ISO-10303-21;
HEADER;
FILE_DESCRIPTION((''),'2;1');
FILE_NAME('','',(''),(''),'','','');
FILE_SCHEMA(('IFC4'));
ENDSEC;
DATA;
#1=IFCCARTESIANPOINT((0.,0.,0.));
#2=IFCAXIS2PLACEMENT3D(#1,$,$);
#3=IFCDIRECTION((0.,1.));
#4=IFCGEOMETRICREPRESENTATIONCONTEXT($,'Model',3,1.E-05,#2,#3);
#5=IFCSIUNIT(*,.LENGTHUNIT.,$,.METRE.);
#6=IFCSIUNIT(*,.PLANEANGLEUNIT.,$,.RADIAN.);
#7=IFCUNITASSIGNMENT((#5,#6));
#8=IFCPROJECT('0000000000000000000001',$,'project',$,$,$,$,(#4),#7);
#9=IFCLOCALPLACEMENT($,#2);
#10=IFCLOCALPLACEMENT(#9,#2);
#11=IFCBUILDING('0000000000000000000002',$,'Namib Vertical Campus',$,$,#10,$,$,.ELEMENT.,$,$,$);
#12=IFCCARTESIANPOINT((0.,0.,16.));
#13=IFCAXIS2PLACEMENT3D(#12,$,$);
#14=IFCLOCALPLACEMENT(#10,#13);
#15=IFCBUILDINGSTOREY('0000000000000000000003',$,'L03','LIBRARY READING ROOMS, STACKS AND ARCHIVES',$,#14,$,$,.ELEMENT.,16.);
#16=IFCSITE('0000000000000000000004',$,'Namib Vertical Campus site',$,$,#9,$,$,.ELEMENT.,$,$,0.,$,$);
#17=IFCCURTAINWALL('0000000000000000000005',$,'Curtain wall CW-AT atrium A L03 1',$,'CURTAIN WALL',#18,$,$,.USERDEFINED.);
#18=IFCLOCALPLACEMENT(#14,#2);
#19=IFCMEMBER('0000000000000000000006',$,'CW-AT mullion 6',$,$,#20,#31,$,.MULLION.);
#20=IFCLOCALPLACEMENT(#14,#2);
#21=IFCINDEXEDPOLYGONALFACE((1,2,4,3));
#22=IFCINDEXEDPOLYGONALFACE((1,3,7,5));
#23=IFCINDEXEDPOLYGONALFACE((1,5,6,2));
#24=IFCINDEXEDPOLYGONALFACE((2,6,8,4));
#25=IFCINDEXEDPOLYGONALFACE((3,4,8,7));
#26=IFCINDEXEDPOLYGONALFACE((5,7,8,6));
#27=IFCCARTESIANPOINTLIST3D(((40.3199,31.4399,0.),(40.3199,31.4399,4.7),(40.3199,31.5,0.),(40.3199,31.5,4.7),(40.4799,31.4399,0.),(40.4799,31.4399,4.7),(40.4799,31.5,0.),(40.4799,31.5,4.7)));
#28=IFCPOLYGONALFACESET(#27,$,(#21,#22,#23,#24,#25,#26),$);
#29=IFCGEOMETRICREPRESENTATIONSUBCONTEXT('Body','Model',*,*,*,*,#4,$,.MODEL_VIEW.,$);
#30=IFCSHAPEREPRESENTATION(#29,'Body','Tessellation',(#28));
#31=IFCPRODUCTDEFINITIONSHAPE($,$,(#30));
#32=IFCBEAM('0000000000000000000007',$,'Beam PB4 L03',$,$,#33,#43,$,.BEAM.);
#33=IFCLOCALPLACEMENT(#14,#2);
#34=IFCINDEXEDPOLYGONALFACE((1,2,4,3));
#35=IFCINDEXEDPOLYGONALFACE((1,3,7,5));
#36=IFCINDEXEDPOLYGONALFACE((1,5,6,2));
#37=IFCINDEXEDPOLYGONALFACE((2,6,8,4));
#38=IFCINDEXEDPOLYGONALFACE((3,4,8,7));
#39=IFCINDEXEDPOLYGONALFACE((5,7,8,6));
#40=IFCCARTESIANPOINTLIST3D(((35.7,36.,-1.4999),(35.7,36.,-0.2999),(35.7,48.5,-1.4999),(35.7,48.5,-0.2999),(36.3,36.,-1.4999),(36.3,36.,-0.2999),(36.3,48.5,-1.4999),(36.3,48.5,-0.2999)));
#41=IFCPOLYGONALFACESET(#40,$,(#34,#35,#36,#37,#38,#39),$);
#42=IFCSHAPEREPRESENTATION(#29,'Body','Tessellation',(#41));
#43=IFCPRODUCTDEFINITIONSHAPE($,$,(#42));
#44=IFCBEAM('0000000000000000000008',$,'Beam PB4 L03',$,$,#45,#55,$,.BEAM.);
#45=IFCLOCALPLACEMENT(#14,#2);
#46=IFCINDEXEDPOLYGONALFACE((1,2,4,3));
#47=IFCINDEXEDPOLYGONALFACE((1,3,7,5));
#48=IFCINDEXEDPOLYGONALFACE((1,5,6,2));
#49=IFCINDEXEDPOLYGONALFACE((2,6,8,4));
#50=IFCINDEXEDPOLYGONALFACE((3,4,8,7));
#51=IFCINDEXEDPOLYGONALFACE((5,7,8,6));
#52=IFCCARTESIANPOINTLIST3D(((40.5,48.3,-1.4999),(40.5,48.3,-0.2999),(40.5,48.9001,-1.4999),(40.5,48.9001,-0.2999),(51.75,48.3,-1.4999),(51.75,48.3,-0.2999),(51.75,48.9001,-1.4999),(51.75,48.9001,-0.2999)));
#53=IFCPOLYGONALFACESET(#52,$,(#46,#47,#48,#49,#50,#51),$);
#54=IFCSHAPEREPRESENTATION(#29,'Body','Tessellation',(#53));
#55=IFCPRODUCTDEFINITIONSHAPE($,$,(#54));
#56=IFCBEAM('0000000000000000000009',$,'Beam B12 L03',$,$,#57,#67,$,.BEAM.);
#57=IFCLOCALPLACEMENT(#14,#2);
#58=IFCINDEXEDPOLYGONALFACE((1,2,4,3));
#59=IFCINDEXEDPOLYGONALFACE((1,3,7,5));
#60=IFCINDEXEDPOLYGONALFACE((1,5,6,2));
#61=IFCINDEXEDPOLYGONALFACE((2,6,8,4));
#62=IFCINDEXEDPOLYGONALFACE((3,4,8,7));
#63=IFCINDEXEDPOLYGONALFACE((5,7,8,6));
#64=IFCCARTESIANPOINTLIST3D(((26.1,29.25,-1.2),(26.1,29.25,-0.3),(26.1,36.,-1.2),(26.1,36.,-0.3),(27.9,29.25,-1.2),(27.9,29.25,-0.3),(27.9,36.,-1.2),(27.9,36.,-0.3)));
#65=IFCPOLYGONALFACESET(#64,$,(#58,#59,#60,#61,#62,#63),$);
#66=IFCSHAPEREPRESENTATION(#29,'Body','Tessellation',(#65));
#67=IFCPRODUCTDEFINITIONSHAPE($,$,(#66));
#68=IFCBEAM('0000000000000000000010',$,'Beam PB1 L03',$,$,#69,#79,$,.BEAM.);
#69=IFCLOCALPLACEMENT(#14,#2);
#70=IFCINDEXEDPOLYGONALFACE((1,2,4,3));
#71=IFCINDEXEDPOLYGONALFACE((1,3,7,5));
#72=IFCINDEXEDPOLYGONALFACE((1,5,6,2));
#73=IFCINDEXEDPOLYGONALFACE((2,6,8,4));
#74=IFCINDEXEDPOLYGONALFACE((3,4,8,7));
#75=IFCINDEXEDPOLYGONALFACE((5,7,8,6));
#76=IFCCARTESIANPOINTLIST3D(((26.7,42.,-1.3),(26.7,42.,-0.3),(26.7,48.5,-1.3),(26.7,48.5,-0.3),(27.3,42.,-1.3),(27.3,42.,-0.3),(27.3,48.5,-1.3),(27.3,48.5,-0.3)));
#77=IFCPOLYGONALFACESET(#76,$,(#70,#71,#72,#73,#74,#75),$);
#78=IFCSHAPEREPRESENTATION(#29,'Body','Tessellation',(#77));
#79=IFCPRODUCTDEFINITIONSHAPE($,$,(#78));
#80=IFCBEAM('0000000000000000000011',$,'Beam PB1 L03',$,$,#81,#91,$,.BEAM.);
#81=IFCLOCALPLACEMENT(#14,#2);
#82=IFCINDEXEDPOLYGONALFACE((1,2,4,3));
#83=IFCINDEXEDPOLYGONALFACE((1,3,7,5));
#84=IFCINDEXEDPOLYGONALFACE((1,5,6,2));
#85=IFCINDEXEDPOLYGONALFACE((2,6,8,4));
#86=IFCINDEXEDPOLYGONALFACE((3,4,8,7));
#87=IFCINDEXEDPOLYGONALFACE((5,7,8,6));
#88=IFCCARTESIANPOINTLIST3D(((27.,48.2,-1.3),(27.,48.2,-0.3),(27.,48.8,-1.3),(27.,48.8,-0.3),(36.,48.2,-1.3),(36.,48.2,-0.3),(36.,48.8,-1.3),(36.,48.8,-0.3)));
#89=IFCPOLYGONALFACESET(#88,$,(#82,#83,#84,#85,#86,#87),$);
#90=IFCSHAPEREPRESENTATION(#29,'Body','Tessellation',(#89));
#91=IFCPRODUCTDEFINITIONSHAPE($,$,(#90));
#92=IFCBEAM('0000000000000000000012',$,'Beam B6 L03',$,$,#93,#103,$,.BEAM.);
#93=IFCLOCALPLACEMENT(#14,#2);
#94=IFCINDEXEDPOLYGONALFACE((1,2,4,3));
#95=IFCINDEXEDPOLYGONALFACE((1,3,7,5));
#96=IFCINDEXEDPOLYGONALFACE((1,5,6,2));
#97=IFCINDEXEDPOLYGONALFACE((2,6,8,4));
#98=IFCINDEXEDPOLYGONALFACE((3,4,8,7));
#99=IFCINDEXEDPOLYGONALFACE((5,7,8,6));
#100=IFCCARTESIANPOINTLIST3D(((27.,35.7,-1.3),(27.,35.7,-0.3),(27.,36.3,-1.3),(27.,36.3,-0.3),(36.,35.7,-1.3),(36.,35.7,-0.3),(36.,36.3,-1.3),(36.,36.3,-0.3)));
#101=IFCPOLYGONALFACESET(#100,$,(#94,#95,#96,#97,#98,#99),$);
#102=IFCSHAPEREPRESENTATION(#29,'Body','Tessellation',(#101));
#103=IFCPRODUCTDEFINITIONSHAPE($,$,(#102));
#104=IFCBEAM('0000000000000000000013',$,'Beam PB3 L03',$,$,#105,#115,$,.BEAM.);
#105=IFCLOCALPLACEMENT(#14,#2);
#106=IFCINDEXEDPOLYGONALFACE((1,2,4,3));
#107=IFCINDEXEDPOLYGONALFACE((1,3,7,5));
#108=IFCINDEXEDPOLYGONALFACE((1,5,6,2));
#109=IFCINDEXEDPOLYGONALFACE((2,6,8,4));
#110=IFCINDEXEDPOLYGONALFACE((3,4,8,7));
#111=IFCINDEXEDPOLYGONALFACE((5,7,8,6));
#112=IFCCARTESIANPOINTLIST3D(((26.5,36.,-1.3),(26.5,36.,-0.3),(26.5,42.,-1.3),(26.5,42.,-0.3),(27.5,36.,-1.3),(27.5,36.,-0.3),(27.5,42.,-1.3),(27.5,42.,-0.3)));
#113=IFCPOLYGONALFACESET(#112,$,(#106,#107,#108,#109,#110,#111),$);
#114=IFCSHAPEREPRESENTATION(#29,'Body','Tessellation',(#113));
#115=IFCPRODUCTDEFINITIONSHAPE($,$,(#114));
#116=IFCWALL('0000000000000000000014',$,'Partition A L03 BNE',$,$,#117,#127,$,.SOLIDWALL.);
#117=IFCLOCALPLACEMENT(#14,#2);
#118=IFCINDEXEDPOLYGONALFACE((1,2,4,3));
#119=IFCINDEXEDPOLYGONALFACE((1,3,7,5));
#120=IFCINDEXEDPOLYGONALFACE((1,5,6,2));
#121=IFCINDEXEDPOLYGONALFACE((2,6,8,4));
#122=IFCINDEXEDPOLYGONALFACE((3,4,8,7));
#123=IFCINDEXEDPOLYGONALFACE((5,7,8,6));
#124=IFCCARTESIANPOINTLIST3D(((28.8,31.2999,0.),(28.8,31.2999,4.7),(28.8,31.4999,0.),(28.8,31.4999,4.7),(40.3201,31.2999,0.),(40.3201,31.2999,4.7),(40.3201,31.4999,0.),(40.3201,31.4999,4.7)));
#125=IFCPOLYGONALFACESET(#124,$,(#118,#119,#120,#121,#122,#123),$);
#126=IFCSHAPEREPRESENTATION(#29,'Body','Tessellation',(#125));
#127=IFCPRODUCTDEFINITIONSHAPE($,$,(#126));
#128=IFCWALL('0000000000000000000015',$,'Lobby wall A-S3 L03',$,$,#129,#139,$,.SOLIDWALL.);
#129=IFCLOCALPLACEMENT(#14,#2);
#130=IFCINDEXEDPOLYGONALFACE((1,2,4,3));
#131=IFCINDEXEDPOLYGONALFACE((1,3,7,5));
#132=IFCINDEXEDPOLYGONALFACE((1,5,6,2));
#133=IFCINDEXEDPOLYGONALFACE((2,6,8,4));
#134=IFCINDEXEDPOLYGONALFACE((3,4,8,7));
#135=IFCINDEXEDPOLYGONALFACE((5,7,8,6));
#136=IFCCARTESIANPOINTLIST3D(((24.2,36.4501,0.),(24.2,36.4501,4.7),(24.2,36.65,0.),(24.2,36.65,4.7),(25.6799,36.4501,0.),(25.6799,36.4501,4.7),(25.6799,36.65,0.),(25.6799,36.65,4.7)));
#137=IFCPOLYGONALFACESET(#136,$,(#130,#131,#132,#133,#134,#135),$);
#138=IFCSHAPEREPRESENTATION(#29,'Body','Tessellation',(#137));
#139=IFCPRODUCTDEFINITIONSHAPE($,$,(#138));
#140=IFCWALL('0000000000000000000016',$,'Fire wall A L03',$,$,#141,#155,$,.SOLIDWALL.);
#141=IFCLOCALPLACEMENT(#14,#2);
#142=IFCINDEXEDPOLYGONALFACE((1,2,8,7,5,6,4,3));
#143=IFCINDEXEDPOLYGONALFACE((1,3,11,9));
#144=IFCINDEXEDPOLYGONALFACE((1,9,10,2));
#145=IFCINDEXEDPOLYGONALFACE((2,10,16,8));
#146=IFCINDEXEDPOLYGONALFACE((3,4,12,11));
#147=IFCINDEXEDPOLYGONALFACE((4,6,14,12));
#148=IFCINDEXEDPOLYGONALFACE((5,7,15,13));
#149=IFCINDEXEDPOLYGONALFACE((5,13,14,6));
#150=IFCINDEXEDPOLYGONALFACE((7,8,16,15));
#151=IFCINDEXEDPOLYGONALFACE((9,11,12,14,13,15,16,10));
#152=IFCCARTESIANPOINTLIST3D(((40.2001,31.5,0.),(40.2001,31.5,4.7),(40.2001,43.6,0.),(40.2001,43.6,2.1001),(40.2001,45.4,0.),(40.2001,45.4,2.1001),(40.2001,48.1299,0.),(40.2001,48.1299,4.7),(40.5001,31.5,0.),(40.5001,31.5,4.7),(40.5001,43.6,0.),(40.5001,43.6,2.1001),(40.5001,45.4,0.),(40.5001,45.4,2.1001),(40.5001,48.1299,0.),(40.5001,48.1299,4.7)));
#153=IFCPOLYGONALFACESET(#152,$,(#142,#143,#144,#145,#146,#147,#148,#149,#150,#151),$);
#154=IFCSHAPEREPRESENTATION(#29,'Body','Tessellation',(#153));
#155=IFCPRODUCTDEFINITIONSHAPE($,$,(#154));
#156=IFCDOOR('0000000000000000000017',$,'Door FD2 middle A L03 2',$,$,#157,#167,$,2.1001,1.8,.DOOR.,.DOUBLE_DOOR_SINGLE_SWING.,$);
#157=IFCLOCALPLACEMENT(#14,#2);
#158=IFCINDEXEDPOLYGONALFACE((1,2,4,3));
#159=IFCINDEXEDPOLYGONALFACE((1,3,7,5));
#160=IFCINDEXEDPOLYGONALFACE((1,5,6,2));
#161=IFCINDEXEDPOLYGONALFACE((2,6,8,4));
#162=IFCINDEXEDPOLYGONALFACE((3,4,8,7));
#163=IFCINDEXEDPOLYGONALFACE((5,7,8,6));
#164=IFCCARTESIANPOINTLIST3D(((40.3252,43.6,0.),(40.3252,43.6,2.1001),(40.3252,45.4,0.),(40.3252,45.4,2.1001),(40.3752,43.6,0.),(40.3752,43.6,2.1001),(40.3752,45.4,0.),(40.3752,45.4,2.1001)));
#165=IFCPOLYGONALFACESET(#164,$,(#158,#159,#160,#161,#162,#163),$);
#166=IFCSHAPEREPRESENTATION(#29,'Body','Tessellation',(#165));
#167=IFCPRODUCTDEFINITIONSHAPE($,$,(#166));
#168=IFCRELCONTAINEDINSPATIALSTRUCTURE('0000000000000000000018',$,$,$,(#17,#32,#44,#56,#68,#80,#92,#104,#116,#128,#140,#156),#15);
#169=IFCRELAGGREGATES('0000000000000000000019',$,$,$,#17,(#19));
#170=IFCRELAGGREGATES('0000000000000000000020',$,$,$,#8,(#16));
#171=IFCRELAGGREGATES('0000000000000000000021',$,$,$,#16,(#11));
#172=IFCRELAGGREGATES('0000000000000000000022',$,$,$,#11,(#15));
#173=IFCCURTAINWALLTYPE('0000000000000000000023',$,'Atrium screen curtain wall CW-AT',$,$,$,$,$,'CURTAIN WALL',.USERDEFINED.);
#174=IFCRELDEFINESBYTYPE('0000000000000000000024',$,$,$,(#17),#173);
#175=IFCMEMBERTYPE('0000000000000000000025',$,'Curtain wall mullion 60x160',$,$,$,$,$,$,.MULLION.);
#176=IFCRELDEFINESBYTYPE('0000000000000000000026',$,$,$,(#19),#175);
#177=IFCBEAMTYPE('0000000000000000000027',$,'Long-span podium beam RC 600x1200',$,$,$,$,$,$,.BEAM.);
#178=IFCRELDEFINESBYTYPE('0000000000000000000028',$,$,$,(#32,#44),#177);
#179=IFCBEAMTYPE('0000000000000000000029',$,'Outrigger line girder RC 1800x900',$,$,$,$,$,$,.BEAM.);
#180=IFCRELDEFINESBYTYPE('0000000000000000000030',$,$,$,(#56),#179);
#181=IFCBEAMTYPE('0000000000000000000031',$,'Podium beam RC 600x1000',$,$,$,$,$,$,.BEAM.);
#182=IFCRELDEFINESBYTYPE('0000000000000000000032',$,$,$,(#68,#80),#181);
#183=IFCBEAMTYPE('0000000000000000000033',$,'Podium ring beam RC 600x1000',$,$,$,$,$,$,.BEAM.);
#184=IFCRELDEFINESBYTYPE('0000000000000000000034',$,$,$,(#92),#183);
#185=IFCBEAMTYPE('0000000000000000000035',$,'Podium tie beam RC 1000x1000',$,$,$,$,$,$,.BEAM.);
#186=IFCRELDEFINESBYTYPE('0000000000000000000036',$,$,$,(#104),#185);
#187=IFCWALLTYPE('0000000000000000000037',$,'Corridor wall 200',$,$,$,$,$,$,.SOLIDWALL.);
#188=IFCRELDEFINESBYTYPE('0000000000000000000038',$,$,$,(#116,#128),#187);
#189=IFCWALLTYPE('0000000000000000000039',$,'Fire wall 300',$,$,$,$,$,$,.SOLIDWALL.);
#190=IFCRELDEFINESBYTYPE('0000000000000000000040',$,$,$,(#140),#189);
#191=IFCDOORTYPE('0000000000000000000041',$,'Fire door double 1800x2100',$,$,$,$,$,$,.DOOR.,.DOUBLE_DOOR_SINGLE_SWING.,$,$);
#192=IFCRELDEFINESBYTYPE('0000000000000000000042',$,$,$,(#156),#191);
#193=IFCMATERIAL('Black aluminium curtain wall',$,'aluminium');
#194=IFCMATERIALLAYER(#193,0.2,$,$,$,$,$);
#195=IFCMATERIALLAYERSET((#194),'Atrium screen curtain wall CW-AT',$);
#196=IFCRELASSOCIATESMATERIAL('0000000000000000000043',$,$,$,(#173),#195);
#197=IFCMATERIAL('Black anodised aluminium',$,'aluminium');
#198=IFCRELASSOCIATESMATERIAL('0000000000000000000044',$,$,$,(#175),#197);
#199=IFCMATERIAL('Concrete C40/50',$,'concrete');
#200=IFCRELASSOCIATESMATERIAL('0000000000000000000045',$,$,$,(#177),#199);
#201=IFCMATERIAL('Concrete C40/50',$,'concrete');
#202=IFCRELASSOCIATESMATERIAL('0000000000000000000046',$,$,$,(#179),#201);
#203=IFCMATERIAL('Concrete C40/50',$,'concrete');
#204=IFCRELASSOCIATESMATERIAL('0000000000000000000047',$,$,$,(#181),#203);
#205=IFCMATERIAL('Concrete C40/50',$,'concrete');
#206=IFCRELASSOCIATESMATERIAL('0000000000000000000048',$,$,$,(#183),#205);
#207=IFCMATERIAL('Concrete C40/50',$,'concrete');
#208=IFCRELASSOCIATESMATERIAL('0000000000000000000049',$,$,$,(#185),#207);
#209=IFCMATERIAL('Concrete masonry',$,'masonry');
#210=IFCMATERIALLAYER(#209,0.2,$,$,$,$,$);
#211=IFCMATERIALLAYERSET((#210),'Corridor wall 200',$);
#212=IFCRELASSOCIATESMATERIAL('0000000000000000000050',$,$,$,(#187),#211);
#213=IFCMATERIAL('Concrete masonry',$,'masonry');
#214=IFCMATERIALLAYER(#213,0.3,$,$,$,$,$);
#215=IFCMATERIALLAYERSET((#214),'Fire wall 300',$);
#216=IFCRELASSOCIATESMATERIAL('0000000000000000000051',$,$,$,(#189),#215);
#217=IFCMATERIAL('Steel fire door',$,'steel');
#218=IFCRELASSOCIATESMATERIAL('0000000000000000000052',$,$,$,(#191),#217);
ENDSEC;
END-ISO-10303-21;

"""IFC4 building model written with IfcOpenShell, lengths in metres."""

from ifc_helpers import new_model, si_unit, direction, frame, frame_2d, origin, origin_2d, place, context, subcontext, project, spatial, rectangle, extrude, material, layer, layer_set, material_profile, profile_set, type_object, element, fill, aggregate, save


model = new_model("IFC4")

# Units and contexts
model_context = context("Model", 3, precision=1e-05, world=origin(), true_north=direction((0.0, 1.0)))
body_context = subcontext(model_context, "Body", "Model", "MODEL_VIEW")
ifc_project = project(units=[si_unit("LENGTHUNIT", "METRE"), si_unit("PLANEANGLEUNIT", "RADIAN")], contexts=[model_context])

# Site, building, storey
site_placement = place(None, origin())
site = spatial("IfcSite", under=ifc_project, at=site_placement, Name="Namib Vertical Campus site", CompositionType="ELEMENT", RefElevation=0.0)
building_placement = place(site_placement, origin())
building = spatial("IfcBuilding", under=site, at=building_placement, Name="Namib Vertical Campus", CompositionType="ELEMENT")
storey_placement = place(building_placement, frame((0.0, 0.0, 16.0)))
storey = spatial("IfcBuildingStorey", under=building, at=storey_placement, Name="L03", Description="LIBRARY READING ROOMS, STACKS AND ARCHIVES", CompositionType="ELEMENT", Elevation=16.0)

# Curtain wall, member
ifc_material_1 = material(Name="Black aluminium curtain wall", Category="aluminium")
ifc_layer_1 = layer(ifc_material_1, 0.2)
ifc_layer_set_1 = layer_set([ifc_layer_1], Name="Atrium screen curtain wall CW-AT")
curtain_wall_type = type_object("IfcCurtainWallType", Name="Atrium screen curtain wall CW-AT", ElementType="CURTAIN WALL", PredefinedType="USERDEFINED", material=ifc_layer_set_1)
curtain_wall_placement = place(storey_placement, origin())
curtain_wall = element("IfcCurtainWall", 1, at=curtain_wall_placement, inside=storey, type_object=curtain_wall_type, Name="Curtain wall CW-AT atrium A L03 1", ObjectType="CURTAIN WALL", PredefinedType="USERDEFINED")
ifc_material_2 = material(Name="Black anodised aluminium", Category="aluminium")
ifc_material_profile_1 = material_profile(ifc_material_2, rectangle(XDim=0.0601, YDim=0.1599, at=origin_2d()))
ifc_profile_set_1 = profile_set([ifc_material_profile_1], Name="Black anodised aluminium")
member_type = type_object("IfcMemberType", Name="Curtain wall mullion 60x160", PredefinedType="MULLION", material=ifc_profile_set_1)
member_placement = place(storey_placement, frame((40.3999, 31.47, 0.0), z_axis=(0.0, 0.0, 1.0), x_axis=(0.0, 1.0, 0.0)))
member = element("IfcMember", 2, at=member_placement, type_object=member_type, Name="CW-AT mullion 6", PredefinedType="MULLION", context=body_context, shape_type="SweptSolid", body=[
    extrude(rectangle(XDim=0.0601, YDim=0.1599, at=origin_2d()), origin(), (0.0, 0.0, 1.0), 4.7),
])
aggregate(curtain_wall, [member])

# Beams
ifc_material_3 = material(Name="Concrete C40/50", Category="concrete")
ifc_material_profile_2 = material_profile(ifc_material_3, rectangle(XDim=0.6001, YDim=1.2, at=origin_2d()))
ifc_profile_set_2 = profile_set([ifc_material_profile_2], Name="Concrete C40/50")
beam_type_1 = type_object("IfcBeamType", Name="Long-span podium beam RC 600x1200", PredefinedType="BEAM", material=ifc_profile_set_2)
beam_1_placement = place(storey_placement, frame((36.0, 36.0, -0.8999), z_axis=(0.0, 1.0, 0.0), x_axis=(-1.0, 0.0, 0.0)))
element("IfcBeam", 3, at=beam_1_placement, inside=storey, type_object=beam_type_1, Name="Beam PB4 L03", PredefinedType="BEAM", context=body_context, shape_type="SweptSolid", body=[
    extrude(rectangle(XDim=0.6001, YDim=1.2, at=origin_2d()), origin(), (0.0, 0.0, 1.0), 12.5),
])
beam_2_placement = place(storey_placement, frame((40.5, 48.6001, -0.8999), z_axis=(1.0, 0.0, 0.0), x_axis=(0.0, 1.0, 0.0)))
element("IfcBeam", 4, at=beam_2_placement, inside=storey, type_object=beam_type_1, Name="Beam PB4 L03", PredefinedType="BEAM", context=body_context, shape_type="SweptSolid", body=[
    extrude(rectangle(XDim=0.6001, YDim=1.2, at=origin_2d()), origin(), (0.0, 0.0, 1.0), 11.25),
])
ifc_material_4 = material(Name="Concrete C40/50", Category="concrete")
ifc_material_profile_3 = material_profile(ifc_material_4, rectangle(XDim=1.8, YDim=0.8999, at=origin_2d()))
ifc_profile_set_3 = profile_set([ifc_material_profile_3], Name="Concrete C40/50")
beam_type_2 = type_object("IfcBeamType", Name="Outrigger line girder RC 1800x900", PredefinedType="BEAM", material=ifc_profile_set_3)
beam_3_placement = place(storey_placement, frame((27.0, 36.0, -0.75), z_axis=(0.0, -1.0, 0.0), x_axis=(1.0, 0.0, 0.0)))
element("IfcBeam", 5, at=beam_3_placement, inside=storey, type_object=beam_type_2, Name="Beam B12 L03", PredefinedType="BEAM", context=body_context, shape_type="SweptSolid", body=[
    extrude(rectangle(XDim=1.8, YDim=0.8999, at=origin_2d()), origin(), (0.0, 0.0, 1.0), 6.75),
])
ifc_material_5 = material(Name="Concrete C40/50", Category="concrete")
ifc_material_profile_4 = material_profile(ifc_material_5, rectangle(XDim=0.6001, YDim=1.0, at=origin_2d()))
ifc_profile_set_4 = profile_set([ifc_material_profile_4], Name="Concrete C40/50")
beam_type_3 = type_object("IfcBeamType", Name="Podium beam RC 600x1000", PredefinedType="BEAM", material=ifc_profile_set_4)
beam_4_placement = place(storey_placement, frame((27.0, 42.0, -0.8), z_axis=(0.0, 1.0, 0.0), x_axis=(-1.0, 0.0, 0.0)))
element("IfcBeam", 6, at=beam_4_placement, inside=storey, type_object=beam_type_3, Name="Beam PB1 L03", PredefinedType="BEAM", context=body_context, shape_type="SweptSolid", body=[
    extrude(rectangle(XDim=0.6001, YDim=1.0, at=origin_2d()), origin(), (0.0, 0.0, 1.0), 6.5),
])
beam_5_placement = place(storey_placement, frame((27.0, 48.5, -0.8), z_axis=(1.0, 0.0, 0.0), x_axis=(0.0, 1.0, 0.0)))
element("IfcBeam", 7, at=beam_5_placement, inside=storey, type_object=beam_type_3, Name="Beam PB1 L03", PredefinedType="BEAM", context=body_context, shape_type="SweptSolid", body=[
    extrude(rectangle(XDim=0.6001, YDim=1.0, at=origin_2d()), origin(), (0.0, 0.0, 1.0), 9.0),
])
ifc_material_6 = material(Name="Concrete C40/50", Category="concrete")
ifc_material_profile_5 = material_profile(ifc_material_6, rectangle(XDim=0.6001, YDim=1.0, at=origin_2d()))
ifc_profile_set_5 = profile_set([ifc_material_profile_5], Name="Concrete C40/50")
beam_type_4 = type_object("IfcBeamType", Name="Podium ring beam RC 600x1000", PredefinedType="BEAM", material=ifc_profile_set_5)
beam_6_placement = place(storey_placement, frame((27.0, 36.0, -0.8), z_axis=(1.0, 0.0, 0.0), x_axis=(0.0, 1.0, 0.0)))
element("IfcBeam", 8, at=beam_6_placement, inside=storey, type_object=beam_type_4, Name="Beam B6 L03", PredefinedType="BEAM", context=body_context, shape_type="SweptSolid", body=[
    extrude(rectangle(XDim=0.6001, YDim=1.0, at=origin_2d()), origin(), (0.0, 0.0, 1.0), 9.0),
])
ifc_material_7 = material(Name="Concrete C40/50", Category="concrete")
ifc_material_profile_6 = material_profile(ifc_material_7, rectangle(XDim=1.0, YDim=1.0, at=origin_2d()))
ifc_profile_set_6 = profile_set([ifc_material_profile_6], Name="Concrete C40/50")
beam_type_5 = type_object("IfcBeamType", Name="Podium tie beam RC 1000x1000", PredefinedType="BEAM", material=ifc_profile_set_6)
beam_7_placement = place(storey_placement, frame((27.0, 36.0, -0.8), z_axis=(0.0, 1.0, 0.0), x_axis=(-1.0, 0.0, 0.0)))
element("IfcBeam", 9, at=beam_7_placement, inside=storey, type_object=beam_type_5, Name="Beam PB3 L03", PredefinedType="BEAM", context=body_context, shape_type="SweptSolid", body=[
    extrude(rectangle(XDim=1.0, YDim=1.0, at=origin_2d()), origin(), (0.0, 0.0, 1.0), 6.0),
])

# Walls
ifc_material_8 = material(Name="Concrete masonry", Category="masonry")
ifc_layer_2 = layer(ifc_material_8, 0.2)
ifc_layer_set_2 = layer_set([ifc_layer_2], Name="Corridor wall 200")
wall_type_1 = type_object("IfcWallType", Name="Corridor wall 200", PredefinedType="SOLIDWALL", material=ifc_layer_set_2)
wall_1_placement = place(storey_placement, frame((28.8, 31.3999, 0.0), z_axis=(0.0, 0.0, 1.0), x_axis=(1.0, 0.0, 0.0)))
element("IfcWall", 10, at=wall_1_placement, inside=storey, type_object=wall_type_1, Name="Partition A L03 BNE", PredefinedType="SOLIDWALL", context=body_context, shape_type="SweptSolid", body=[
    extrude(rectangle(XDim=11.52, YDim=0.2, at=frame_2d((5.76, 0.0))), origin(), (0.0, 0.0, 1.0), 4.7),
])
wall_2_placement = place(storey_placement, frame((24.2, 36.55, 0.0), z_axis=(0.0, 0.0, 1.0), x_axis=(1.0, 0.0, 0.0)))
element("IfcWall", 11, at=wall_2_placement, inside=storey, type_object=wall_type_1, Name="Lobby wall A-S3 L03", PredefinedType="SOLIDWALL", context=body_context, shape_type="SweptSolid", body=[
    extrude(rectangle(XDim=1.48, YDim=0.2, at=frame_2d((0.74, 0.0))), origin(), (0.0, 0.0, 1.0), 4.7),
])

# Wall, opening, door
ifc_material_9 = material(Name="Concrete masonry", Category="masonry")
ifc_layer_3 = layer(ifc_material_9, 0.3)
ifc_layer_set_3 = layer_set([ifc_layer_3], Name="Fire wall 300")
wall_type_2 = type_object("IfcWallType", Name="Fire wall 300", PredefinedType="SOLIDWALL", material=ifc_layer_set_3)
wall_3_placement = place(storey_placement, frame((40.3501, 31.5, 0.0), z_axis=(0.0, 0.0, 1.0), x_axis=(0.0, 1.0, 0.0)))
wall_3 = element("IfcWall", 12, at=wall_3_placement, inside=storey, type_object=wall_type_2, Name="Fire wall A L03", PredefinedType="SOLIDWALL", context=body_context, shape_type="SweptSolid", body=[
    extrude(rectangle(XDim=16.6299, YDim=0.3, at=frame_2d((8.3149, 0.0))), origin(), (0.0, 0.0, 1.0), 4.7),
])
opening_1_placement = place(wall_3_placement, frame((12.1001, 0.0, 0.0)))
opening_1 = element("IfcOpeningElement", 13, at=opening_1_placement, cuts=wall_3, PredefinedType="OPENING", context=body_context, shape_type="SweptSolid", body=[
    extrude(rectangle(XDim=1.8, YDim=2.1001, at=frame_2d((0.8999, 1.05))), frame((0.0, 0.1599, 0.0), z_axis=(0.0, -1.0, 0.0), x_axis=(1.0, 0.0, 0.0)), (0.0, 0.0, 1.0), 0.3201),
])
ifc_material_10 = material(Name="Steel fire door", Category="steel")
door_type_1 = type_object("IfcDoorType", Name="Fire door double 1800x2100", OperationType="DOUBLE_DOOR_SINGLE_SWING", PredefinedType="DOOR", material=ifc_material_10)
door_1_placement = place(opening_1_placement, origin())
door_1 = element("IfcDoor", 14, at=door_1_placement, inside=storey, type_object=door_type_1, Name="Door FD2 middle A L03 2", OperationType="DOUBLE_DOOR_SINGLE_SWING", OverallHeight=2.1001, OverallWidth=1.8, PredefinedType="DOOR", context=body_context, shape_type="SweptSolid", body=[
    extrude(rectangle(XDim=1.8, YDim=2.1001, at=frame_2d((0.8999, 1.05))), frame((0.0, 0.0249, 0.0), z_axis=(0.0, -1.0, 0.0), x_axis=(1.0, 0.0, 0.0)), (0.0, 0.0, 1.0), 0.05),
])
fill(opening_1, door_1)

save(model, "model.ifc")
